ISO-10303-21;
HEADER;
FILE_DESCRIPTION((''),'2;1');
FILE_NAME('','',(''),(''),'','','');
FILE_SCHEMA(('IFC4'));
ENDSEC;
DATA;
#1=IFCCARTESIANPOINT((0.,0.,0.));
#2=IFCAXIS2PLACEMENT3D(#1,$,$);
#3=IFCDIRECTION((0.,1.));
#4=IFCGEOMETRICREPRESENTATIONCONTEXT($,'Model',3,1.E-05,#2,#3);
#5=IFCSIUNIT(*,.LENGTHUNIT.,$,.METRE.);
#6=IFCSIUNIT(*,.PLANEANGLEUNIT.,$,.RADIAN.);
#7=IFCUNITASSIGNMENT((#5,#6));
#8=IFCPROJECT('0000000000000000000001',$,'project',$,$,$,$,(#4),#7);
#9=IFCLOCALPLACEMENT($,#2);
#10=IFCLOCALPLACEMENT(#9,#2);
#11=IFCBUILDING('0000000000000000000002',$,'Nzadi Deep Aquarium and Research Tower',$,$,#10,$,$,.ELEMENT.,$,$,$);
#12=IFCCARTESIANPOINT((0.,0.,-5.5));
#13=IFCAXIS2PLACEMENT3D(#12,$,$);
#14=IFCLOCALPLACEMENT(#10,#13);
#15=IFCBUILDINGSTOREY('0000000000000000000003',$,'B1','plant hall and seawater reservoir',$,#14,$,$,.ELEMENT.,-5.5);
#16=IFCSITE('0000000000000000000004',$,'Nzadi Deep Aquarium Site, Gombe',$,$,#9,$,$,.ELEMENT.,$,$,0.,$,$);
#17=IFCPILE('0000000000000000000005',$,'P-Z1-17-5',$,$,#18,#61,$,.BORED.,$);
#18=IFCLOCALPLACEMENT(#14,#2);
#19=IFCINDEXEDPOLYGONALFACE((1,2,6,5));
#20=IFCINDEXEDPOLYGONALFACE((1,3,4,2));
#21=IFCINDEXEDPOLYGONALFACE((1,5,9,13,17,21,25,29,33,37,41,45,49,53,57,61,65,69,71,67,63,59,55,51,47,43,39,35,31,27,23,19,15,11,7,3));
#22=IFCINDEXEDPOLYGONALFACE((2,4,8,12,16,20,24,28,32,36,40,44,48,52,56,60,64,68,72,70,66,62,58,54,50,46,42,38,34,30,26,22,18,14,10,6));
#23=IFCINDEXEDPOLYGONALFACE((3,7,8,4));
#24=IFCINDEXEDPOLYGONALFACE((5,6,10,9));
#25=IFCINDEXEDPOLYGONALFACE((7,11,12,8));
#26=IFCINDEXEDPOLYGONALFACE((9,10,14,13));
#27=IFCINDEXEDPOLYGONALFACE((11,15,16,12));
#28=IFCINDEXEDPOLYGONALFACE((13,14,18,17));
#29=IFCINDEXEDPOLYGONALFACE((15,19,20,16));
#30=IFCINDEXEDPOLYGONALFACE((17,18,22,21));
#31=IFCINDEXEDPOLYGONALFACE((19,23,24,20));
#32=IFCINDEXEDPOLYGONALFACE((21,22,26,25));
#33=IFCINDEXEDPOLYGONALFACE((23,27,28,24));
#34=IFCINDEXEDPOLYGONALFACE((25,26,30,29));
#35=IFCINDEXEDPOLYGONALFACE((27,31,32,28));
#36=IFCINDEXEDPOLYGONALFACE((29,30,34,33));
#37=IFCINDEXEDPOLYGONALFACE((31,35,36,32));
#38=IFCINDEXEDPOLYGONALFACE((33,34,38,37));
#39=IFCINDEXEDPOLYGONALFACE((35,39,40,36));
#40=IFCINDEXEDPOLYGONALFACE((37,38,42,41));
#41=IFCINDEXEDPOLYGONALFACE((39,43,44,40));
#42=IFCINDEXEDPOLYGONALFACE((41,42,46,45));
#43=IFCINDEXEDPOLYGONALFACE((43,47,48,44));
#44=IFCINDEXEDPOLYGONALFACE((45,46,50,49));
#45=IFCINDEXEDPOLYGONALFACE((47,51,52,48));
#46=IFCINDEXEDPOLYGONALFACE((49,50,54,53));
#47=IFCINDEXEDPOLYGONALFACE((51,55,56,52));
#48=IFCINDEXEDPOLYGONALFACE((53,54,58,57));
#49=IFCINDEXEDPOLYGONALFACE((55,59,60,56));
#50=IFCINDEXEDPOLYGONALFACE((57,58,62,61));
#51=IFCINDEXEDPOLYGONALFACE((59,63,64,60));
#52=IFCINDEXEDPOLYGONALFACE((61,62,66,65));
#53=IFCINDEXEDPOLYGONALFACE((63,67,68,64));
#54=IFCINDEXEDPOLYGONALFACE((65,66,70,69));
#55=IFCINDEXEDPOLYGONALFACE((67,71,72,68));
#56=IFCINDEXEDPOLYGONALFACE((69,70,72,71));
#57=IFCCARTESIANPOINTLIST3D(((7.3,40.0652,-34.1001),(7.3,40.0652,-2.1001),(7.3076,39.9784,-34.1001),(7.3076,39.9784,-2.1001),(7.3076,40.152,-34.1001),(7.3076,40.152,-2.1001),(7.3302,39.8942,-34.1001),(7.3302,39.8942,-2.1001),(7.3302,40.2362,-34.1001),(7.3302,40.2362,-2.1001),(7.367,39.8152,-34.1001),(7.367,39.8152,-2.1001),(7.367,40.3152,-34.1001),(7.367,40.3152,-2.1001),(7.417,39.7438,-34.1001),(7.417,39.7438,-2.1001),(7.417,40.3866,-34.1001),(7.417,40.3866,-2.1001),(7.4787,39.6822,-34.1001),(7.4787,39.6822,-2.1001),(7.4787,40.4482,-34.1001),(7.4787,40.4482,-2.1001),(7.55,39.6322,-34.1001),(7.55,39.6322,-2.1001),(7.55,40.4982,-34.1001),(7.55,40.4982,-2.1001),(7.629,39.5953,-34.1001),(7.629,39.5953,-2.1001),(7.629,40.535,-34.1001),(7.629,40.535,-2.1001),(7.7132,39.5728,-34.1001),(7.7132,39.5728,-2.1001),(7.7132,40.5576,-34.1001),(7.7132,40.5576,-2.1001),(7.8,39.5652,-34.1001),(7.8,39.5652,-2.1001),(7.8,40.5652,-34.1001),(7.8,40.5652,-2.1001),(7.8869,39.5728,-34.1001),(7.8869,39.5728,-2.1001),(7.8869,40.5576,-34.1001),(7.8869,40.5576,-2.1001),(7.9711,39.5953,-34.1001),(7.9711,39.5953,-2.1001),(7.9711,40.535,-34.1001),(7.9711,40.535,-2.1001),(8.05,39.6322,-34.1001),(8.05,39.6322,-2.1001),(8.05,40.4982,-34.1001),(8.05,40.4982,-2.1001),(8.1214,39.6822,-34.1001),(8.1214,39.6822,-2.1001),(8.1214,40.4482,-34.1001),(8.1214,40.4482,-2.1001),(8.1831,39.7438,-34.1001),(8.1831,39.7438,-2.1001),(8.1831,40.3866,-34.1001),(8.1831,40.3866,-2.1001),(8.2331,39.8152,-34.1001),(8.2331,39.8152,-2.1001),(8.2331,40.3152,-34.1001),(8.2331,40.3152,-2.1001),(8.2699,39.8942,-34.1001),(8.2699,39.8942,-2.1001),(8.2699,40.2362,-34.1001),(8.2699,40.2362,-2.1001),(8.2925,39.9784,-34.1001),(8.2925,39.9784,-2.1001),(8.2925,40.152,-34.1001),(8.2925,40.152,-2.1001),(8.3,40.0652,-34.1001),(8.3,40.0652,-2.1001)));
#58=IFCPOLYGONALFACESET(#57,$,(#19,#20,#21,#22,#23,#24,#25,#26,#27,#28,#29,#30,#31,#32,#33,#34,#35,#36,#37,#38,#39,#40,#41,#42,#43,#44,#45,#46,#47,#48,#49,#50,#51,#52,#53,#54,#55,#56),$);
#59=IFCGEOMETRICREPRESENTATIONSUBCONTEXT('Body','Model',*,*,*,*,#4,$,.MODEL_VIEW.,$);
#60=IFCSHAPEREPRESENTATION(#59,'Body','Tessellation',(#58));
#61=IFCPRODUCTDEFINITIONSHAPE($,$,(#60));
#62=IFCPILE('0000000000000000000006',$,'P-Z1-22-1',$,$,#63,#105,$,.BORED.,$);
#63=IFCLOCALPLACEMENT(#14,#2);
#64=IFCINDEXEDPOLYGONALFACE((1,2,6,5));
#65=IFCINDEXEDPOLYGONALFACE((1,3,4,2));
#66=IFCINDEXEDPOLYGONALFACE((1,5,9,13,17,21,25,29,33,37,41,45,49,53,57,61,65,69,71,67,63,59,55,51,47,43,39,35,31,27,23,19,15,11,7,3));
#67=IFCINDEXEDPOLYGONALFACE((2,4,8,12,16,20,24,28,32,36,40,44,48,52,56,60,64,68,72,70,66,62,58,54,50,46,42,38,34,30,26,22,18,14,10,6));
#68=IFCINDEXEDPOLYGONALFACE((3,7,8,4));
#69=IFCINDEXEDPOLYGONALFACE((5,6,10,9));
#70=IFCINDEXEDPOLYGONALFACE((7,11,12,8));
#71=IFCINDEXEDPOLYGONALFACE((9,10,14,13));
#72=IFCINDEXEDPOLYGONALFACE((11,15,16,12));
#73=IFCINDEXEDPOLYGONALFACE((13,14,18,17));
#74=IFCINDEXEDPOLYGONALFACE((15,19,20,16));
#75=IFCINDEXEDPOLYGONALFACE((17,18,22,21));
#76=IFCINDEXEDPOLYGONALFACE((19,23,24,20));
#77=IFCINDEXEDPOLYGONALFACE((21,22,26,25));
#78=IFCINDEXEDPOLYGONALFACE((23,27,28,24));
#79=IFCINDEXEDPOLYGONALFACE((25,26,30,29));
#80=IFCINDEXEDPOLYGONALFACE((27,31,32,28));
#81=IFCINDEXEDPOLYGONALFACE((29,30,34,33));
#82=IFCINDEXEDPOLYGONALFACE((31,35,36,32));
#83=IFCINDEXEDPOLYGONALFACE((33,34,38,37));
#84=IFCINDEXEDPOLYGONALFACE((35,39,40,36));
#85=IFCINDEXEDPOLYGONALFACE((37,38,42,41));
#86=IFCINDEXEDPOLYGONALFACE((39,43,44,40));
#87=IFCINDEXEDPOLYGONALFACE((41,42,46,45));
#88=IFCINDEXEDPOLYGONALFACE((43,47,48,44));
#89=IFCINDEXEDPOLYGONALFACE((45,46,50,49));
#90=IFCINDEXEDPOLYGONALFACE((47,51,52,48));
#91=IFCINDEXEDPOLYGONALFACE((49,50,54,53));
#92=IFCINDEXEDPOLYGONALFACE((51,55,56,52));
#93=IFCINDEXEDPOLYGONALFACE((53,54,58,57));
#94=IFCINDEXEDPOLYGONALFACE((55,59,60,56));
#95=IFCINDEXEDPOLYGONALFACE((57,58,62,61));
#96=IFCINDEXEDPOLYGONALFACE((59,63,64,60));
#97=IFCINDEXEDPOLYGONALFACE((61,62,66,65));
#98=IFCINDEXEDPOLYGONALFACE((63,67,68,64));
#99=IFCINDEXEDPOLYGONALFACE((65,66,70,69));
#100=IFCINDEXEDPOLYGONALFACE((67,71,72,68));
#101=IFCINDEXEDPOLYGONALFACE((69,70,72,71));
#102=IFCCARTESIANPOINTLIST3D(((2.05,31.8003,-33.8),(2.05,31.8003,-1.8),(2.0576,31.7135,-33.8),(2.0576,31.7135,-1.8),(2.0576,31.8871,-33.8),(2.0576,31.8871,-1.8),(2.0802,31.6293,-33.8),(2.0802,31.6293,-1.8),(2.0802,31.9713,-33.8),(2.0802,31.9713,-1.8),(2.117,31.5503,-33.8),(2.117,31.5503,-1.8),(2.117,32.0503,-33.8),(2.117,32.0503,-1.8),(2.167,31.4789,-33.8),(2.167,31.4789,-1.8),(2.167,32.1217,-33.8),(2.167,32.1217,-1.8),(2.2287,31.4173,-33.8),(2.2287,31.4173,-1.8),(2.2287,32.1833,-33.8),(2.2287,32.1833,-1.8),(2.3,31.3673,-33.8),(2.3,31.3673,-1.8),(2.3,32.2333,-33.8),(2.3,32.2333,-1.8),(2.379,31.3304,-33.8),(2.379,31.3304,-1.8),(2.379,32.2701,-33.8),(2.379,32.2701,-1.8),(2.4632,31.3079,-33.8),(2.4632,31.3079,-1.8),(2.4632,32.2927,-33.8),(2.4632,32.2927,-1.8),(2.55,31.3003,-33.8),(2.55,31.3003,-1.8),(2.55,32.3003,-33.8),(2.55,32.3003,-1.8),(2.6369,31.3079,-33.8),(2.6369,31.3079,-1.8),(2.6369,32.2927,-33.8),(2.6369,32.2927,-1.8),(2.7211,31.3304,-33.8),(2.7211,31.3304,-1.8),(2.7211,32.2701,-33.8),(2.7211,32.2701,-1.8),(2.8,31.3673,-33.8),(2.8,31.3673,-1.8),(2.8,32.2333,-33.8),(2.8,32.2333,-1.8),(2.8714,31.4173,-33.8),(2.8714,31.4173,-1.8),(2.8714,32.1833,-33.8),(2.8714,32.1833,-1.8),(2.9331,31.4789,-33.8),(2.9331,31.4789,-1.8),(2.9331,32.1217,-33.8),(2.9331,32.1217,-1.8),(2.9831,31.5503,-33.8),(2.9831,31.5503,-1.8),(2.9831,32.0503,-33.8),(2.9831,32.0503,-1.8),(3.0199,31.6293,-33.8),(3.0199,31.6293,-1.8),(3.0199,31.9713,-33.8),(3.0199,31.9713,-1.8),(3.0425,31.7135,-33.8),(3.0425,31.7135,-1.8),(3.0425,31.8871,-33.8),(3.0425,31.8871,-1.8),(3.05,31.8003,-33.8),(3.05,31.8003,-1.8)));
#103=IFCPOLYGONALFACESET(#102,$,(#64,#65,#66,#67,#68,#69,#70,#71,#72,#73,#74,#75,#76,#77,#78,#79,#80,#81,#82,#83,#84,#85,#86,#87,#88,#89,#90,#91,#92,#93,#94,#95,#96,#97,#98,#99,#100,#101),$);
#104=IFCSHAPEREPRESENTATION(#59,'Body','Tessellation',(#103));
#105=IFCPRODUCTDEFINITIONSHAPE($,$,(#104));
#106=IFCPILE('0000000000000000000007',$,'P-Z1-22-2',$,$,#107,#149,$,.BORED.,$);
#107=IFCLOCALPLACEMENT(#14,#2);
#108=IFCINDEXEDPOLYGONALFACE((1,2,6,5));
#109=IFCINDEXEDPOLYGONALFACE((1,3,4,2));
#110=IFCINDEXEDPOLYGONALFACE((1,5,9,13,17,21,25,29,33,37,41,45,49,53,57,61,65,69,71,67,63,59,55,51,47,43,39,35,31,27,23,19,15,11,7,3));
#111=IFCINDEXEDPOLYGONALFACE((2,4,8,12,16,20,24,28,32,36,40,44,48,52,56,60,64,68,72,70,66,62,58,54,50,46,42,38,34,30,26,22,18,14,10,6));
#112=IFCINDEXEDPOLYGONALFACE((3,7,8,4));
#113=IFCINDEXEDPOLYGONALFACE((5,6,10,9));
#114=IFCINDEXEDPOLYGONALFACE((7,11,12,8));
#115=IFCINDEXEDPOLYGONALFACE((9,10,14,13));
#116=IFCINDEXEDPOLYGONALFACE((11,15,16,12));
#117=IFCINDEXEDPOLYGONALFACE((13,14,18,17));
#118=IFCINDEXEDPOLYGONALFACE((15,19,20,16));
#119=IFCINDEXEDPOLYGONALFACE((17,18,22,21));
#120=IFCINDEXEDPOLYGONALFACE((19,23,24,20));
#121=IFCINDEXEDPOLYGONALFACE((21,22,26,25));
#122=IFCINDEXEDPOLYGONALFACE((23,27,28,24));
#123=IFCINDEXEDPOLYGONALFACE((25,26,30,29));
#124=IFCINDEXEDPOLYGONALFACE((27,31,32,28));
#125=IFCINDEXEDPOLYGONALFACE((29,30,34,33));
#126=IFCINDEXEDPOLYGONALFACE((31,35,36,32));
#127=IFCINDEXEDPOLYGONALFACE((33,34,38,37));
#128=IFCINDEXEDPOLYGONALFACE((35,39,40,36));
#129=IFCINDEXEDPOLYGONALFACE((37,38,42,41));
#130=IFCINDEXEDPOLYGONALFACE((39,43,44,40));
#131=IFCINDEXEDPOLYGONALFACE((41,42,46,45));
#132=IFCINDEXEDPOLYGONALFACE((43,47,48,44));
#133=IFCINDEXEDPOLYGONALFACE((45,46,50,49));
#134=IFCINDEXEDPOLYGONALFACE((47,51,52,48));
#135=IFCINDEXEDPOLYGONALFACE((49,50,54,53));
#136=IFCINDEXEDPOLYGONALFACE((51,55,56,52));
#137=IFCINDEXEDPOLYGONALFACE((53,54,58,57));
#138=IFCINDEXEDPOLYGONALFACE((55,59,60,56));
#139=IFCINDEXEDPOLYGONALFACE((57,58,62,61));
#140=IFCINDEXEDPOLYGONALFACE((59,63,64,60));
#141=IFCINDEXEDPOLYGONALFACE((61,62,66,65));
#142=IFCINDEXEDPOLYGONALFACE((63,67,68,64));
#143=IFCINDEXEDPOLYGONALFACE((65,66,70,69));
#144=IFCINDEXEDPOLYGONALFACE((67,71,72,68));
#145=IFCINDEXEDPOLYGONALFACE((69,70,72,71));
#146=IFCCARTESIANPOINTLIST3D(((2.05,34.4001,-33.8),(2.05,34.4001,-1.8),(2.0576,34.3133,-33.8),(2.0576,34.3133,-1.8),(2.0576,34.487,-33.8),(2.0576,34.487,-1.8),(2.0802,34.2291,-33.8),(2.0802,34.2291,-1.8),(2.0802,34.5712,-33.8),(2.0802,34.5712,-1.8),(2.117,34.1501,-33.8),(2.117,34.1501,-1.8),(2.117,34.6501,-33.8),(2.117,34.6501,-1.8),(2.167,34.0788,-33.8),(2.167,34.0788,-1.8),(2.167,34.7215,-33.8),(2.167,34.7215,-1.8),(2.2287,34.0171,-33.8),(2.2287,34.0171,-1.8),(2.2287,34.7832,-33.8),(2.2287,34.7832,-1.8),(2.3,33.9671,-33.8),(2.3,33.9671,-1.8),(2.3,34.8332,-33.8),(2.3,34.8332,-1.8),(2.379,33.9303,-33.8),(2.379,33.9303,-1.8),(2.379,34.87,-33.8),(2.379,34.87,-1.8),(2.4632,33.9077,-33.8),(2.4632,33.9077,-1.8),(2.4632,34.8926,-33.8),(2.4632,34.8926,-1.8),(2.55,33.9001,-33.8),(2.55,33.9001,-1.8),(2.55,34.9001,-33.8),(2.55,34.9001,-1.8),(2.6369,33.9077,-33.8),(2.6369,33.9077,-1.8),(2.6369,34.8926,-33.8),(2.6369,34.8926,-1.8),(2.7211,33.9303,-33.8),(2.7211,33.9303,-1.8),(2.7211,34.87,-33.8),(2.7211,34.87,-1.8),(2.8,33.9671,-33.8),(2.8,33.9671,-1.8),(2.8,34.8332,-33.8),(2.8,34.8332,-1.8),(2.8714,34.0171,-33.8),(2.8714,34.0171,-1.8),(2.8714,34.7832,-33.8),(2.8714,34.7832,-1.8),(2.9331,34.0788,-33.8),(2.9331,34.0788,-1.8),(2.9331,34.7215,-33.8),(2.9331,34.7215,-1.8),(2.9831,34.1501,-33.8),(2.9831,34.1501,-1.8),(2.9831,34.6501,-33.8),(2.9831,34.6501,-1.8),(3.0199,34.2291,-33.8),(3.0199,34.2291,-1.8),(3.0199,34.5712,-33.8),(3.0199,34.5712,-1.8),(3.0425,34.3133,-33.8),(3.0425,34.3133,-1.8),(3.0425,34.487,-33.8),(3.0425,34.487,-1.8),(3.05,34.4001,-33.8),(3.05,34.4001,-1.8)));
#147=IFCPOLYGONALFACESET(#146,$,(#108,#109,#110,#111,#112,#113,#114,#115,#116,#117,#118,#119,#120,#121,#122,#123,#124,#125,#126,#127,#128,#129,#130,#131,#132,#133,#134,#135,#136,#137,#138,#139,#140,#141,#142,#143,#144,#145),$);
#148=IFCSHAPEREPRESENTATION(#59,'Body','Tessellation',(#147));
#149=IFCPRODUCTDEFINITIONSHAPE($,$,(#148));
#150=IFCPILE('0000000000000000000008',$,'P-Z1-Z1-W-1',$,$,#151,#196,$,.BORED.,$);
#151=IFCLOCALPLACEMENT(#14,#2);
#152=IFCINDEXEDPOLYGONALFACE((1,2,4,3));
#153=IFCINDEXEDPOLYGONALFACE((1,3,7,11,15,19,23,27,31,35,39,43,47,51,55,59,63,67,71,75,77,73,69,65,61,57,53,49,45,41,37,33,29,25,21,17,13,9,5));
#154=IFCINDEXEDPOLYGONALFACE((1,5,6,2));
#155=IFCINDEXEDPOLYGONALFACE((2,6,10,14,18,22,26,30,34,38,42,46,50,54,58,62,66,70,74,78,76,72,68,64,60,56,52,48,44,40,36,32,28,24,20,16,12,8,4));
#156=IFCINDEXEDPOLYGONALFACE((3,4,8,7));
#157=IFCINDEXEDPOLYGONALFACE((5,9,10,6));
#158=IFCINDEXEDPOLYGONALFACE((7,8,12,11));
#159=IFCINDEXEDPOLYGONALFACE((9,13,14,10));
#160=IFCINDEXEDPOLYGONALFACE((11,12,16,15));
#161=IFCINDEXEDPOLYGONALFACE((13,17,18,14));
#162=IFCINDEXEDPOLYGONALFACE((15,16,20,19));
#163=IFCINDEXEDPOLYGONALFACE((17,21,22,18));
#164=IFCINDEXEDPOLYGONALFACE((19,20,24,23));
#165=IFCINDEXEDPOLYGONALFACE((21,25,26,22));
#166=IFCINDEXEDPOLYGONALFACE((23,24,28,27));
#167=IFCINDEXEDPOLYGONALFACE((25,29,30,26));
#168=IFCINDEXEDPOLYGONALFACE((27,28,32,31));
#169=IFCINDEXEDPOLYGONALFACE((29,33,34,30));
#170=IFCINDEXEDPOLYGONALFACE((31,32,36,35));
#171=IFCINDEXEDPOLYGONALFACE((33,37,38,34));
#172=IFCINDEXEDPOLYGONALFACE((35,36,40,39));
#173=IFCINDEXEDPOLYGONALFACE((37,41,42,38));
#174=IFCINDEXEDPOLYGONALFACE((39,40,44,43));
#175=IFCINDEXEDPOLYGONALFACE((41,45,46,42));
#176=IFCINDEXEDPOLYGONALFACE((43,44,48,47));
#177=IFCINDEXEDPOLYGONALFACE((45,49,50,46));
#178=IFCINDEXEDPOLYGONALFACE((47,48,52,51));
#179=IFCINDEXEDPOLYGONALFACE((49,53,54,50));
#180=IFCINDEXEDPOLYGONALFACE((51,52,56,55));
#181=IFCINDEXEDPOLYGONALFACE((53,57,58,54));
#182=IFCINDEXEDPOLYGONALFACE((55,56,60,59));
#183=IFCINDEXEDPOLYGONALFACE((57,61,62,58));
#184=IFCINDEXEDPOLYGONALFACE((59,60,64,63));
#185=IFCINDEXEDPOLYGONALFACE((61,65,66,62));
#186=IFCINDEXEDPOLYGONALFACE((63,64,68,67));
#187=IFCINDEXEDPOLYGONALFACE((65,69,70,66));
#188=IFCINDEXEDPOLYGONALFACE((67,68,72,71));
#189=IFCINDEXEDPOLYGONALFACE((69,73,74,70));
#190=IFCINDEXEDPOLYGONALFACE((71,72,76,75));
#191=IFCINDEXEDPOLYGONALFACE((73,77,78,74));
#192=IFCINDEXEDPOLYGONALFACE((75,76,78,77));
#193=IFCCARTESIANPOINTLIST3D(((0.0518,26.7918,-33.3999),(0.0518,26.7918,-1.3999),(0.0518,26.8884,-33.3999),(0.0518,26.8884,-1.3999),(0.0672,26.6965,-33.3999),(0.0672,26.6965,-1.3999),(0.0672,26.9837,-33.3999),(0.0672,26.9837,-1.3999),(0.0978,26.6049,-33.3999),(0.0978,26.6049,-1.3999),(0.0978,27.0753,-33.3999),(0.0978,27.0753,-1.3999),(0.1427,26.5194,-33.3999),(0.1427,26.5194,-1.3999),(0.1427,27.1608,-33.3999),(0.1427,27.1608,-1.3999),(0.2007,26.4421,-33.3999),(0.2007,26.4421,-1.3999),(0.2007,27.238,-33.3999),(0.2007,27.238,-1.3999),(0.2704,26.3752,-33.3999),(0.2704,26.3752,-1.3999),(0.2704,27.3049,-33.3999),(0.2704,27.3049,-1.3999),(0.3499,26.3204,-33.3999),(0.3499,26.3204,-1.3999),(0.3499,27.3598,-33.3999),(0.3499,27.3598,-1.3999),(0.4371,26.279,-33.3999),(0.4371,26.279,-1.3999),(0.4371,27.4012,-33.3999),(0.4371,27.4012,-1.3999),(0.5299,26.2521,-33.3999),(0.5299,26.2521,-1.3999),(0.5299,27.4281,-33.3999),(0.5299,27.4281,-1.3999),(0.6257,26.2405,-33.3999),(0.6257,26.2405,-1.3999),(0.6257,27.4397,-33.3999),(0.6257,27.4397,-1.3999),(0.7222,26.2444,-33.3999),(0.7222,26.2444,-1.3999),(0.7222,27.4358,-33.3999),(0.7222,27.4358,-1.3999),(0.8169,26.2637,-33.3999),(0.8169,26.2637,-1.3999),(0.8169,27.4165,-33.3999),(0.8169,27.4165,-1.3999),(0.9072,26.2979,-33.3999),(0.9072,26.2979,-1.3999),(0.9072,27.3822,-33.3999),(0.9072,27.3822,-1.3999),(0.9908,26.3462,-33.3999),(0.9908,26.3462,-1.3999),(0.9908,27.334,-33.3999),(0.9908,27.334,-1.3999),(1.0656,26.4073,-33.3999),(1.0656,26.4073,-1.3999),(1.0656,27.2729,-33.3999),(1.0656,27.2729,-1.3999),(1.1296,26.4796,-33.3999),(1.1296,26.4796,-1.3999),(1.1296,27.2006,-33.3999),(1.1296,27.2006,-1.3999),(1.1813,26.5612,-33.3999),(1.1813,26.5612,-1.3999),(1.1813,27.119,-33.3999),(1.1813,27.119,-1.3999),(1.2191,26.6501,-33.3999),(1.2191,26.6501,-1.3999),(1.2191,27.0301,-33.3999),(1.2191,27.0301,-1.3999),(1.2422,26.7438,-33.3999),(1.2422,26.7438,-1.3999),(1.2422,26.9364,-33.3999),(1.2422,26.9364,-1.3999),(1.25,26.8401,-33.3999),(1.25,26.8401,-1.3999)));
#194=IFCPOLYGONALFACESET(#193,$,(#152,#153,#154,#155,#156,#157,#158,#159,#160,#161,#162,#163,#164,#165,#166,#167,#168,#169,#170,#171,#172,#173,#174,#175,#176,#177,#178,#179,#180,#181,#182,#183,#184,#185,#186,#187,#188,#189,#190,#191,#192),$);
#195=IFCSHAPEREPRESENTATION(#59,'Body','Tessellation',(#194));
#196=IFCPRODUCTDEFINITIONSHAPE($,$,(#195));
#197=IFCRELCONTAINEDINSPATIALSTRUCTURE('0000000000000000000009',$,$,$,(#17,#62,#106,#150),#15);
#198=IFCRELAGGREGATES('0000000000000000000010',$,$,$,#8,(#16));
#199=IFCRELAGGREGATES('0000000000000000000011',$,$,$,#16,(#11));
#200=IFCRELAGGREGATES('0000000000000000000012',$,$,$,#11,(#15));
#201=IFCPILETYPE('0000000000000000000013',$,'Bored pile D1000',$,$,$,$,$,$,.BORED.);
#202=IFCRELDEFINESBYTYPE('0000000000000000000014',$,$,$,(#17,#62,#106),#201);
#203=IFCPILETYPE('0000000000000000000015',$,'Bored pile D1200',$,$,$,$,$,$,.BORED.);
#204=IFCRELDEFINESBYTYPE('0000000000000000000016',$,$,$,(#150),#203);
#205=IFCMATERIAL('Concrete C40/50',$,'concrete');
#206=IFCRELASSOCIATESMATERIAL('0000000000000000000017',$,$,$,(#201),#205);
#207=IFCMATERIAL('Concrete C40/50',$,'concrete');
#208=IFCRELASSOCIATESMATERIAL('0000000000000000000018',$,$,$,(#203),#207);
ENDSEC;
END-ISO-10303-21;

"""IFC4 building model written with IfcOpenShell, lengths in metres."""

from ifc_helpers import new_model, si_unit, direction, frame, origin, origin_2d, place, context, subcontext, project, spatial, circle, extrude, material, material_profile, profile_set, type_object, element, save


model = new_model("IFC4")

# Units and contexts
model_context = context("Model", 3, precision=1e-05, world=origin(), true_north=direction((0.0, 1.0)))
body_context = subcontext(model_context, "Body", "Model", "MODEL_VIEW")
ifc_project = project(units=[si_unit("LENGTHUNIT", "METRE"), si_unit("PLANEANGLEUNIT", "RADIAN")], contexts=[model_context])

# Site, building, storey
site_placement = place(None, origin())
site = spatial("IfcSite", under=ifc_project, at=site_placement, Name="Nzadi Deep Aquarium Site, Gombe", CompositionType="ELEMENT", RefElevation=0.0)
building_placement = place(site_placement, origin())
building = spatial("IfcBuilding", under=site, at=building_placement, Name="Nzadi Deep Aquarium and Research Tower", CompositionType="ELEMENT")
storey_placement = place(building_placement, frame((0.0, 0.0, -5.5)))
storey = spatial("IfcBuildingStorey", under=building, at=storey_placement, Name="B1", Description="plant hall and seawater reservoir", CompositionType="ELEMENT", Elevation=-5.5)

# Piles
ifc_material_1 = material(Name="Concrete C40/50", Category="concrete")
ifc_material_profile_1 = material_profile(ifc_material_1, circle(Radius=0.5, at=origin_2d()))
ifc_profile_set_1 = profile_set([ifc_material_profile_1], Name="Concrete C40/50")
pile_type_1 = type_object("IfcPileType", Name="Bored pile D1000", PredefinedType="BORED", material=ifc_profile_set_1)
for number, where, z_axis, x_axis, name in (
    (1, (7.8, 40.0652, -2.1001), (0.0, 0.0, -1.0), (1.0, 0.0, 0.0), "P-Z1-17-5"),
    (2, (2.55, 31.8003, -1.8), (0.0, 0.0, -1.0), (1.0, 0.0, 0.0), "P-Z1-22-1"),
    (3, (2.55, 34.4001, -1.8), (0.0, 0.0, -1.0), (1.0, 0.0, 0.0), "P-Z1-22-2"),
):
    element("IfcPile", number, at=place(storey_placement, frame(where, z_axis=z_axis, x_axis=x_axis)), inside=storey, type_object=pile_type_1, Name=name, PredefinedType="BORED", context=body_context, shape_type="SweptSolid", body=[
        extrude(circle(Radius=0.5, at=origin_2d()), origin(), (0.0, 0.0, 1.0), 32.0),
    ])
ifc_material_2 = material(Name="Concrete C40/50", Category="concrete")
ifc_material_profile_2 = material_profile(ifc_material_2, circle(Radius=0.6001, at=origin_2d()))
ifc_profile_set_2 = profile_set([ifc_material_profile_2], Name="Concrete C40/50")
pile_type_2 = type_object("IfcPileType", Name="Bored pile D1200", PredefinedType="BORED", material=ifc_profile_set_2)
for number, where, z_axis, x_axis, name in (
    (4, (0.6499, 26.8401, -1.3999), (0.0, 0.0, -1.0), (1.0, 0.0, 0.0), "P-Z1-Z1-W-1"),
):
    element("IfcPile", number, at=place(storey_placement, frame(where, z_axis=z_axis, x_axis=x_axis)), inside=storey, type_object=pile_type_2, Name=name, PredefinedType="BORED", context=body_context, shape_type="SweptSolid", body=[
        extrude(circle(Radius=0.6001, at=origin_2d()), origin(), (0.0, 0.0, 1.0), 32.0),
    ])

save(model, "model.ifc")
